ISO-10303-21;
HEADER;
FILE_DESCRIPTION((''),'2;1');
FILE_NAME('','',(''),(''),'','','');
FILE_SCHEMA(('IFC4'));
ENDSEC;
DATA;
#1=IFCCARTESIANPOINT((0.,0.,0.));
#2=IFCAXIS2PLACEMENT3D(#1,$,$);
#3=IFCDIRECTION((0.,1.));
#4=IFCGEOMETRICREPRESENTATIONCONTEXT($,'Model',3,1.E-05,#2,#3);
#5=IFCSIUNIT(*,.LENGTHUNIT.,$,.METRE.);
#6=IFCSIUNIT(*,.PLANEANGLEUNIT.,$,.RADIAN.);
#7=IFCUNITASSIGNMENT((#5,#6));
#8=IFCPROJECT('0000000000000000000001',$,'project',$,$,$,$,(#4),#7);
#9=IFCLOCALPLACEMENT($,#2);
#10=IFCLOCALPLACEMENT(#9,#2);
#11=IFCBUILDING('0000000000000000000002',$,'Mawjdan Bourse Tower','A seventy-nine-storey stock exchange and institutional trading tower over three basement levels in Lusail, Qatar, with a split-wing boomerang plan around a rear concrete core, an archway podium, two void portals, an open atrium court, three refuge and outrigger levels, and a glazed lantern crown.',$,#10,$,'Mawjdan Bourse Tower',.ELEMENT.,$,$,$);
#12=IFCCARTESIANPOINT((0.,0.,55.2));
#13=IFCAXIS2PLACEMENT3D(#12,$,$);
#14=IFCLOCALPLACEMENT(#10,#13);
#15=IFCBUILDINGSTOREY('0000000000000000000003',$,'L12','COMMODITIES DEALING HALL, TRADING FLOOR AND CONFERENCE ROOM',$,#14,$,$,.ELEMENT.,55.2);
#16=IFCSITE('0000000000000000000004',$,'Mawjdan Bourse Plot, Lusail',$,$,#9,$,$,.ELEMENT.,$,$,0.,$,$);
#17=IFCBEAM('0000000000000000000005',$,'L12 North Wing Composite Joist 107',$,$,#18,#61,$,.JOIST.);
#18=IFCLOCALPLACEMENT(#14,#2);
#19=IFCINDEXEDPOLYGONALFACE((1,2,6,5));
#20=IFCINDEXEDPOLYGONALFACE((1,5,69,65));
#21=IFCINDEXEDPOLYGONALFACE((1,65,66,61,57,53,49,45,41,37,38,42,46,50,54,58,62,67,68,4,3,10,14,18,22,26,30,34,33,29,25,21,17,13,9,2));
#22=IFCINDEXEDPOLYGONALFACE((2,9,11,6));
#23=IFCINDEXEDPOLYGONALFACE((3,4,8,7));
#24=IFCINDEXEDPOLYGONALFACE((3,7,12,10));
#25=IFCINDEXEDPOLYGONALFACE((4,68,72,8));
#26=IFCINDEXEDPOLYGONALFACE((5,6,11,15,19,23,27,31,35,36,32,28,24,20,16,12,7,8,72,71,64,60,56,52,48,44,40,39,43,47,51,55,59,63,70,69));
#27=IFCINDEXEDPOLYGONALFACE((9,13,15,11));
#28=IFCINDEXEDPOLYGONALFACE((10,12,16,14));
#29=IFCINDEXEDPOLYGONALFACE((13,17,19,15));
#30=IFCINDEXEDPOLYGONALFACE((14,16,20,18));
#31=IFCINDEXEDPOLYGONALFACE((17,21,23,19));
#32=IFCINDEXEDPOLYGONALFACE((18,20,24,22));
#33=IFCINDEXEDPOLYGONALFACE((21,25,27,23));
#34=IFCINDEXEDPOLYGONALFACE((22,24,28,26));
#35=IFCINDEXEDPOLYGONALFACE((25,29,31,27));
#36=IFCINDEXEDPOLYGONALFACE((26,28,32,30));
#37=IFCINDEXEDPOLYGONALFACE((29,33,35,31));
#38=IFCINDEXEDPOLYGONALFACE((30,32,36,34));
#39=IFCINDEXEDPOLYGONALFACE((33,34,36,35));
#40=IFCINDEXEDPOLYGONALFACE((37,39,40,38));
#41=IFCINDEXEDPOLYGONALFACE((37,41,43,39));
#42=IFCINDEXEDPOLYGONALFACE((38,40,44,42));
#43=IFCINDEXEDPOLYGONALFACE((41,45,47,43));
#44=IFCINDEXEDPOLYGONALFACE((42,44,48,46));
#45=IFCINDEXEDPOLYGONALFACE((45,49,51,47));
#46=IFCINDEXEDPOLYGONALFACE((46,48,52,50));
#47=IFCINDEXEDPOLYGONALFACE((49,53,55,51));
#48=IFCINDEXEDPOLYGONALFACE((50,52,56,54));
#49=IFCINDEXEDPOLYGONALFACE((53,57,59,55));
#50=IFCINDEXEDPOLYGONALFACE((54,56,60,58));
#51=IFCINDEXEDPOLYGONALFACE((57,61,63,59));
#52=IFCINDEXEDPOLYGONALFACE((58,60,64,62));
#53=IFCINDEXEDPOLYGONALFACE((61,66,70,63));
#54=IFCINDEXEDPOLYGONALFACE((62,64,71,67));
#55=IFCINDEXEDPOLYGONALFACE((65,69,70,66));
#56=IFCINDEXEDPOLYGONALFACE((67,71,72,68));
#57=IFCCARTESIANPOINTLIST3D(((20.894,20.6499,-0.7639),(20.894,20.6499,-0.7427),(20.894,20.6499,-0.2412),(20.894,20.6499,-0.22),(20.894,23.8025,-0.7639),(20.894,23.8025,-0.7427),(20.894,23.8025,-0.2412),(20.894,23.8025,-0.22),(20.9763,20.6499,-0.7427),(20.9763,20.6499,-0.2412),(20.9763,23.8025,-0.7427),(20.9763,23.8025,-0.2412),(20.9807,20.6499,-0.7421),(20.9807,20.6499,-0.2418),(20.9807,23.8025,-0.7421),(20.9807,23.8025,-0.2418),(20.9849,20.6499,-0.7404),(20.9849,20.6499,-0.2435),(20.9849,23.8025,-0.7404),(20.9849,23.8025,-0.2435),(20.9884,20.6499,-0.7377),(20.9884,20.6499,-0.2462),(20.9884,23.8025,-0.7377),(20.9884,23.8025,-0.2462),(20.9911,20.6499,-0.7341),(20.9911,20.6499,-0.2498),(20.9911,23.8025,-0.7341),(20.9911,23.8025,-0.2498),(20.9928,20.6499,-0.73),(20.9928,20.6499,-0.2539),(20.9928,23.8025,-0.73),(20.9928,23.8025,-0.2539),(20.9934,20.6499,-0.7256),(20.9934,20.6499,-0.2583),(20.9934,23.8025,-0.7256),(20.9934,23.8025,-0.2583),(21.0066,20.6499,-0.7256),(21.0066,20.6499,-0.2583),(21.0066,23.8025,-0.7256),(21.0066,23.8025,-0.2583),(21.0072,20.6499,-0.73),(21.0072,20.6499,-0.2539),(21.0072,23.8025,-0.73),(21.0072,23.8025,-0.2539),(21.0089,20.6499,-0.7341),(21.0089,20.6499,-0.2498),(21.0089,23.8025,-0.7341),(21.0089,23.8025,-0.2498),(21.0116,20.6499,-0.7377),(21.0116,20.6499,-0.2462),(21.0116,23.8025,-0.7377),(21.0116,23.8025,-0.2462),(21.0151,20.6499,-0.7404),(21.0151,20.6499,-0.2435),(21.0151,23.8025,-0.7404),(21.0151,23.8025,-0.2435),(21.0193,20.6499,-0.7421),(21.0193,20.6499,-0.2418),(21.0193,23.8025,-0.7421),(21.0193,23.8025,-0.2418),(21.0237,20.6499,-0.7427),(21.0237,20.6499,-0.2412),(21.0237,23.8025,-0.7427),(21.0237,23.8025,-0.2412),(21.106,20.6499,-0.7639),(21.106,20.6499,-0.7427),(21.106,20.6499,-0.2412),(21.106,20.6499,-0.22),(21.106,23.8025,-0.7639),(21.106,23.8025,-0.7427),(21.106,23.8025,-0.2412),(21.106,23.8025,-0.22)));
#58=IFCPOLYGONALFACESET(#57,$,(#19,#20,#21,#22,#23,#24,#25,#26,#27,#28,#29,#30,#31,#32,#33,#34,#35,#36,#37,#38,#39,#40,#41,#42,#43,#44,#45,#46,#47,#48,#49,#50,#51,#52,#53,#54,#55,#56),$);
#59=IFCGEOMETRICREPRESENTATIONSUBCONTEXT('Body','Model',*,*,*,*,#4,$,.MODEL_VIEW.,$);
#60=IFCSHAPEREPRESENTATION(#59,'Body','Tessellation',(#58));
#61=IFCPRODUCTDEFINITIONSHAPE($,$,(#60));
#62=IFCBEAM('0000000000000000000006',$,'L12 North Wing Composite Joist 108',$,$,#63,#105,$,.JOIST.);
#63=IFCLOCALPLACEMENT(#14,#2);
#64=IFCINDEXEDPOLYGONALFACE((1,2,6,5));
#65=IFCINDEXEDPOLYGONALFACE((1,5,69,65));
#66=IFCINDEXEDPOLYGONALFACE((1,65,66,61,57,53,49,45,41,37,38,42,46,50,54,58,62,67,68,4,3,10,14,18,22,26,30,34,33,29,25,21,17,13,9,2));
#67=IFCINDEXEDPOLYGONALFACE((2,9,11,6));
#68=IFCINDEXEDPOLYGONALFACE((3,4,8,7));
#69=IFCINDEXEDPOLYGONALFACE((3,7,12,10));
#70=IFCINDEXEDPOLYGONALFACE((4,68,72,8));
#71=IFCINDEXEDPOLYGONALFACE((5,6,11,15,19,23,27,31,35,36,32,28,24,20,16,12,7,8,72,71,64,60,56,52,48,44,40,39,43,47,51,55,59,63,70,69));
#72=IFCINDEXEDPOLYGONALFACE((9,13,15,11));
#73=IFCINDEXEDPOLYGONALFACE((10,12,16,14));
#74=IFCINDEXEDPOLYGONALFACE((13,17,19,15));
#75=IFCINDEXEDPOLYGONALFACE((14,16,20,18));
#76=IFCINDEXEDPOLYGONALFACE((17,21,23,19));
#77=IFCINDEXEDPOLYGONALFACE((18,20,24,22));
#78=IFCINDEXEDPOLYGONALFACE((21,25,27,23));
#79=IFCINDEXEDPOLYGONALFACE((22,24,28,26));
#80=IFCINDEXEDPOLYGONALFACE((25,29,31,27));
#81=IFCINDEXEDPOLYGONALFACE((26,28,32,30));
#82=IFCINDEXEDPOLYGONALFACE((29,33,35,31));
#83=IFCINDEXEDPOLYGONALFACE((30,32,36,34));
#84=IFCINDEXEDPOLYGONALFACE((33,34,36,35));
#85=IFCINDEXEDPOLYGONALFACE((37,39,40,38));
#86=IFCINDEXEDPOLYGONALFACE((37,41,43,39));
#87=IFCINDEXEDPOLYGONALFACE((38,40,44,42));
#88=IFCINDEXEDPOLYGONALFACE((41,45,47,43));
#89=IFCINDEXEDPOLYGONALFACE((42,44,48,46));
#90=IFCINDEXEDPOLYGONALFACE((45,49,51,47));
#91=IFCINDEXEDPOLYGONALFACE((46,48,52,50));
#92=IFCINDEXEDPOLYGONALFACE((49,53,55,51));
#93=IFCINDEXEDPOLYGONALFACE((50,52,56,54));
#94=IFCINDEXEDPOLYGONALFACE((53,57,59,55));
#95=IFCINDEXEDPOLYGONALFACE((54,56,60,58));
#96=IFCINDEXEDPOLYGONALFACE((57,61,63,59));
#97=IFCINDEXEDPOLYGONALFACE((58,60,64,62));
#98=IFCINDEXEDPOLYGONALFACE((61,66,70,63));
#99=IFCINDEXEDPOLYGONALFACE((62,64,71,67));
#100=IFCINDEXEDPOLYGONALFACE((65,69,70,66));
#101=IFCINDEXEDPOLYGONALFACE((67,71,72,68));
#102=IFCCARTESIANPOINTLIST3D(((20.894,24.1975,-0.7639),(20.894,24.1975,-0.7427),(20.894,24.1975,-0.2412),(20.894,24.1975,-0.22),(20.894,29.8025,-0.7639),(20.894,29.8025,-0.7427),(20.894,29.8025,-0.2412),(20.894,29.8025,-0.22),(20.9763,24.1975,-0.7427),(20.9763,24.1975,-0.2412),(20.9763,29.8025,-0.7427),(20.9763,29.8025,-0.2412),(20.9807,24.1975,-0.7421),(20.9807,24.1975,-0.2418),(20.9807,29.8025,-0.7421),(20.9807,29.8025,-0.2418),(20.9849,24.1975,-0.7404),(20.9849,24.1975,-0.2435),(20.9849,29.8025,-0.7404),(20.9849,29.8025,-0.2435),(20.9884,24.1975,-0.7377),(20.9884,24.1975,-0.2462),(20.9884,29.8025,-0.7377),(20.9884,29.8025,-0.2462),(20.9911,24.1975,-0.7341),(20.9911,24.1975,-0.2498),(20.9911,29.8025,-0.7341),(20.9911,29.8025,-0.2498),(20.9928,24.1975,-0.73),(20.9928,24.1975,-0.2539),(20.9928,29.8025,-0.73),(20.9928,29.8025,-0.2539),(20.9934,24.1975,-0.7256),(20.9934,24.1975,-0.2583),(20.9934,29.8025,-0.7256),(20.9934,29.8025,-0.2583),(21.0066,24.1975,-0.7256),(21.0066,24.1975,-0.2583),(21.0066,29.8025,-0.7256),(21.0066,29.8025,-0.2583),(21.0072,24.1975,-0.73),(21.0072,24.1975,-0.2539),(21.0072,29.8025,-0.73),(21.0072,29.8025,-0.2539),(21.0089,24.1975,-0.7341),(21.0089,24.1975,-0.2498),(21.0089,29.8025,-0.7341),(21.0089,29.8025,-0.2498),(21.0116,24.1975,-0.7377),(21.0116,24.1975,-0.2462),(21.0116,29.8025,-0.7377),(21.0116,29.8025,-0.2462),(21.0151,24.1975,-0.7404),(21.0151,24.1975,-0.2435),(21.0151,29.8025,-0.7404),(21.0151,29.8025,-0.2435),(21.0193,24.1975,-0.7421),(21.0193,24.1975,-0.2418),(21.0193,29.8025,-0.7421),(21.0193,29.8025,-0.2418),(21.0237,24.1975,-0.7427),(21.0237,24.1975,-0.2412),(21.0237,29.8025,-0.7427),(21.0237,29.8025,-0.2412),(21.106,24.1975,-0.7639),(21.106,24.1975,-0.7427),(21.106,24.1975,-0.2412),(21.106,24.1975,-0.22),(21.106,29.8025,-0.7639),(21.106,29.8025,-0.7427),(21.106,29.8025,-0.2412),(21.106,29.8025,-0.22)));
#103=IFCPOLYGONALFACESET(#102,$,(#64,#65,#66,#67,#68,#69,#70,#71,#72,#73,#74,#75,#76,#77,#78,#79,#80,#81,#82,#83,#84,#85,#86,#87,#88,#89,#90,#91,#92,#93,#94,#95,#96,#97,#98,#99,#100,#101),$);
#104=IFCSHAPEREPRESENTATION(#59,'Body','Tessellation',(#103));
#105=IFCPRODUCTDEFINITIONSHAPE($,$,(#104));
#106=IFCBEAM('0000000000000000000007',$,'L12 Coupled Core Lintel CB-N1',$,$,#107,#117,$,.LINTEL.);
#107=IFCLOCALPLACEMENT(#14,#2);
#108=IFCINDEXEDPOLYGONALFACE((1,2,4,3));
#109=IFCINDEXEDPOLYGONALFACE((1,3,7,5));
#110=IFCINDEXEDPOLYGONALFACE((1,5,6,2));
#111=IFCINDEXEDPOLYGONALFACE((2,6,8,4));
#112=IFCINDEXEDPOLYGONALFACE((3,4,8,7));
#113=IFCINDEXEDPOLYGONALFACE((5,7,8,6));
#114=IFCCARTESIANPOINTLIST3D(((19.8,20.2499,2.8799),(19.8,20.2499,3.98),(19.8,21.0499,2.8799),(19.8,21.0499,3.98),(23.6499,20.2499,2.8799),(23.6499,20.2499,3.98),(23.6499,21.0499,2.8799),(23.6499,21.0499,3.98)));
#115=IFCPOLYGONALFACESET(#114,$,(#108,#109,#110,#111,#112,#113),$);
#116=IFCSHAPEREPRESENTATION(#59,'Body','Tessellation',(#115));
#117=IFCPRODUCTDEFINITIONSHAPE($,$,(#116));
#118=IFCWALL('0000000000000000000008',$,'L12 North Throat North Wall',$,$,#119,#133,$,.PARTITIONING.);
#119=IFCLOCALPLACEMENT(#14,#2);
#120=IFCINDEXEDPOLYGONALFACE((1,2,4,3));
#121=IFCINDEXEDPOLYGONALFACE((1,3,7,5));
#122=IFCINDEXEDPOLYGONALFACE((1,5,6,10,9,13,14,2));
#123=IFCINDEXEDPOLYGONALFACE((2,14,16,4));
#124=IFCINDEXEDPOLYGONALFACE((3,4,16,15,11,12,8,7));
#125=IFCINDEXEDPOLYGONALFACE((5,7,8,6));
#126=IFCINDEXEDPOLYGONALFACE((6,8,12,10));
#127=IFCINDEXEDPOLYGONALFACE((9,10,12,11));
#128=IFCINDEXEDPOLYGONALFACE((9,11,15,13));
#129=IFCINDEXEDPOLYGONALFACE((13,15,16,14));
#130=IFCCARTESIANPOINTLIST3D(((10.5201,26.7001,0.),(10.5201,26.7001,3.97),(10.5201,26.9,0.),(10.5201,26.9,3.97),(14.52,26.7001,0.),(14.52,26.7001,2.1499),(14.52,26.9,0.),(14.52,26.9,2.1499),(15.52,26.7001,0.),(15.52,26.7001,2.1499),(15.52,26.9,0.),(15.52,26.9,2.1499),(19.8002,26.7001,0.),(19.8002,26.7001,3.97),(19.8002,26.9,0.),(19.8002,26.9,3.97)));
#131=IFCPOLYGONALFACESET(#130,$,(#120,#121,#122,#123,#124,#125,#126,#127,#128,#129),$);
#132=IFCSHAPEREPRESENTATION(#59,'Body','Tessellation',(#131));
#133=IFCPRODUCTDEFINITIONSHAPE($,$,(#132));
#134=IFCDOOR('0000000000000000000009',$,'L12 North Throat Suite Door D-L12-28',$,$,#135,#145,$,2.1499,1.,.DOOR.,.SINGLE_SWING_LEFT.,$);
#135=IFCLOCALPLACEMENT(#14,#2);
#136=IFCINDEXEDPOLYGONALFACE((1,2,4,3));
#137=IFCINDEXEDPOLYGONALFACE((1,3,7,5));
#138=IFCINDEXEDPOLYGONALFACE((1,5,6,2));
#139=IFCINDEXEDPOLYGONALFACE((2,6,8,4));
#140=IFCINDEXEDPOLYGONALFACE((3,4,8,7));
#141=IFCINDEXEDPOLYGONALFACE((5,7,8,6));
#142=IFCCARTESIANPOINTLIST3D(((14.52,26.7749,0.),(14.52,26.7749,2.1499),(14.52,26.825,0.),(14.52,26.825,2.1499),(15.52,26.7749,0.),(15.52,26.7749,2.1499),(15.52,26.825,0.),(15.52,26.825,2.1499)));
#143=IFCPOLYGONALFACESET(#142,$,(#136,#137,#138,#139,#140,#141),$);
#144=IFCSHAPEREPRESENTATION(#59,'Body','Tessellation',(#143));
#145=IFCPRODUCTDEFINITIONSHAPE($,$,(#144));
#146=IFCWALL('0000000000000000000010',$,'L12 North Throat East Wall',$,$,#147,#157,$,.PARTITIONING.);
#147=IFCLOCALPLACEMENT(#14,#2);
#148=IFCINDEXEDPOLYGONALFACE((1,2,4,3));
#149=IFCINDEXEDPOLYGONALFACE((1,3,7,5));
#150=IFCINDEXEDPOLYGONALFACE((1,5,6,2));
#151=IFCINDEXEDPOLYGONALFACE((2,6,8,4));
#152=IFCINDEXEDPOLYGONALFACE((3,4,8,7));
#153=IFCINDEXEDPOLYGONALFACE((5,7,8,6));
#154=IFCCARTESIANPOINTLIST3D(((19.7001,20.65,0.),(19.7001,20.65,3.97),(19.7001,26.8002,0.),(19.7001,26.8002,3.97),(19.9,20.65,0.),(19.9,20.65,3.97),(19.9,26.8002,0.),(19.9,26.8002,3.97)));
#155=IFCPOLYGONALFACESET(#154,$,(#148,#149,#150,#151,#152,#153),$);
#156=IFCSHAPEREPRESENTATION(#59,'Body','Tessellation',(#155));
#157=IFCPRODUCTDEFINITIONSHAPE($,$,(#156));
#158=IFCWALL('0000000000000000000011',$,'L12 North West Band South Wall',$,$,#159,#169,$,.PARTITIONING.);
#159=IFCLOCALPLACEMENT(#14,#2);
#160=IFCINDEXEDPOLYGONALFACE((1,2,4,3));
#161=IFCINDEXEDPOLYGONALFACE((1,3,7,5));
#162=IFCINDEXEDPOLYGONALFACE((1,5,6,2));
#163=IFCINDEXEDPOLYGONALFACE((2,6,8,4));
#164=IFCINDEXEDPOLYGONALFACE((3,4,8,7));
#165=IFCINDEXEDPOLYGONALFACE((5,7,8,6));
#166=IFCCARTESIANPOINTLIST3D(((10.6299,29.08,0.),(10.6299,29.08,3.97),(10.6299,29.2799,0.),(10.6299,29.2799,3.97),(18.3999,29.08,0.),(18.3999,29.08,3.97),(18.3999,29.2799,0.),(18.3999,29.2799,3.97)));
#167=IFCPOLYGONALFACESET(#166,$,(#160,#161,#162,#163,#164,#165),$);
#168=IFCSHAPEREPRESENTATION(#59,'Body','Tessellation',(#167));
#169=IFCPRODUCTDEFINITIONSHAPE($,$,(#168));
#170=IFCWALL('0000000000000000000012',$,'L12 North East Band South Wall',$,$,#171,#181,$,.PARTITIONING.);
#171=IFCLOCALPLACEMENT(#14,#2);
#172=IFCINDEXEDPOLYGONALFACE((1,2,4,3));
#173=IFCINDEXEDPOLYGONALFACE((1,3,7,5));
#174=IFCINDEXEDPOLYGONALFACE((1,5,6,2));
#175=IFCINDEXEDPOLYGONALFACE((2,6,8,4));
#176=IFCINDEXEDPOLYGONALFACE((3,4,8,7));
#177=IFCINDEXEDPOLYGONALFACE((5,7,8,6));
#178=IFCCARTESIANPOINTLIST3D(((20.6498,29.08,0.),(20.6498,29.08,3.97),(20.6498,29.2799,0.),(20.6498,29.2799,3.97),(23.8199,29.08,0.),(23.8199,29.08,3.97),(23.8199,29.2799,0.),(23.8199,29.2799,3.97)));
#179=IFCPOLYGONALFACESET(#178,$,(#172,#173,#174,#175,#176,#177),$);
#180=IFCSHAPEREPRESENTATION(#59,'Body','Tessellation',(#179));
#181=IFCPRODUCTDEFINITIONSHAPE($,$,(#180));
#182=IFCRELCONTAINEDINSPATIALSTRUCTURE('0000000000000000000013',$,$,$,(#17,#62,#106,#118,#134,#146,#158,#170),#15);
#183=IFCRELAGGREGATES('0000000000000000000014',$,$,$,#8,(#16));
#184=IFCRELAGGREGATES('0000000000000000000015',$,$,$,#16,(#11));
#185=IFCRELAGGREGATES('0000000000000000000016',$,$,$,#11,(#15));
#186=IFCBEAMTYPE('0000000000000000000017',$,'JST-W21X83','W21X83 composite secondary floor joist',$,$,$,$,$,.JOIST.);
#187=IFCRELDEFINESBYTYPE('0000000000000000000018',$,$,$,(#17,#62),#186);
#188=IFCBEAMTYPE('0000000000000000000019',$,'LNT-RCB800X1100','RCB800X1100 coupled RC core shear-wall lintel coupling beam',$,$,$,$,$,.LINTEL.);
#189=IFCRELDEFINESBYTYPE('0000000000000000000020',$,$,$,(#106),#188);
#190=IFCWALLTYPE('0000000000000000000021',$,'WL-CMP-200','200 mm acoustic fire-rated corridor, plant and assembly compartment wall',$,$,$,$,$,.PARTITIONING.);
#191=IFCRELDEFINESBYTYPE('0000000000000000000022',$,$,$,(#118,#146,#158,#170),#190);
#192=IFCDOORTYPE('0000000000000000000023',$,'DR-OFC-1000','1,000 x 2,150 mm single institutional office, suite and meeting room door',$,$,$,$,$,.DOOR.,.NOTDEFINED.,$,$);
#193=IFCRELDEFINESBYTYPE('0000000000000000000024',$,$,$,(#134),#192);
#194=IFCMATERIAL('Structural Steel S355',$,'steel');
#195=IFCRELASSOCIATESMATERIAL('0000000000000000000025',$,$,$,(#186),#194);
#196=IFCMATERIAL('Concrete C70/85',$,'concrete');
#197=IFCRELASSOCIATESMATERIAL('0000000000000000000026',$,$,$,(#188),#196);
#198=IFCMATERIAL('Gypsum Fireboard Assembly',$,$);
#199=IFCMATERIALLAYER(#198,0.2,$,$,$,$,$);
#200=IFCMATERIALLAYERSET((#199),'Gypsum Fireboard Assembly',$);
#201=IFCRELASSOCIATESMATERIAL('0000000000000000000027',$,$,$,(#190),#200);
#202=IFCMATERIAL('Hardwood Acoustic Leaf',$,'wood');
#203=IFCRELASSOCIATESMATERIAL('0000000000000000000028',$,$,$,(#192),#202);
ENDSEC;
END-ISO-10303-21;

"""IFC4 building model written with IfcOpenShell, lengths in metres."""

from ifc_helpers import new_model, si_unit, direction, frame, frame_2d, origin, origin_2d, place, context, subcontext, project, spatial, rectangle, i_section, extrude, material, layer, layer_set, material_profile, profile_set, type_object, element, fill, save


model = new_model("IFC4")

# Units and contexts
model_context = context("Model", 3, precision=1e-05, world=origin(), true_north=direction((0.0, 1.0)))
body_context = subcontext(model_context, "Body", "Model", "MODEL_VIEW")
ifc_project = project(units=[si_unit("LENGTHUNIT", "METRE"), si_unit("PLANEANGLEUNIT", "RADIAN")], contexts=[model_context])

# Site, building, storey
site_placement = place(None, origin())
site = spatial("IfcSite", under=ifc_project, at=site_placement, Name="Mawjdan Bourse Plot, Lusail", CompositionType="ELEMENT", RefElevation=0.0)
building_placement = place(site_placement, origin())
building = spatial("IfcBuilding", under=site, at=building_placement, Name="Mawjdan Bourse Tower", Description="A seventy-nine-storey stock exchange and institutional trading tower over three basement levels in Lusail, Qatar, with a split-wing boomerang plan around a rear concrete core, an archway podium, two void portals, an open atrium court, three refuge and outrigger levels, and a glazed lantern crown.", LongName="Mawjdan Bourse Tower", CompositionType="ELEMENT")
storey_placement = place(building_placement, frame((0.0, 0.0, 55.2)))
storey = spatial("IfcBuildingStorey", under=building, at=storey_placement, Name="L12", Description="COMMODITIES DEALING HALL, TRADING FLOOR AND CONFERENCE ROOM", CompositionType="ELEMENT", Elevation=55.2)

# Beams
ifc_material_1 = material(Name="Structural Steel S355", Category="steel")
ifc_material_profile_1 = material_profile(ifc_material_1, i_section(OverallWidth=0.2119, OverallDepth=0.5439, WebThickness=0.0132, FlangeThickness=0.0212, FilletRadius=0.0171, at=origin_2d()), Name="W21X83")
ifc_profile_set_1 = profile_set([ifc_material_profile_1], Name="Structural Steel S355")
beam_type_1 = type_object("IfcBeamType", Name="JST-W21X83", Description="W21X83 composite secondary floor joist", PredefinedType="JOIST", material=ifc_profile_set_1)
beam_1_placement = place(storey_placement, frame((21.0, 20.6499, -0.4919), z_axis=(0.0, 1.0, 0.0), x_axis=(-1.0, 0.0, 0.0)))
element("IfcBeam", 1, at=beam_1_placement, inside=storey, type_object=beam_type_1, Name="L12 North Wing Composite Joist 107", PredefinedType="JOIST", context=body_context, shape_type="SweptSolid", body=[
    extrude(i_section(OverallWidth=0.2119, OverallDepth=0.5439, WebThickness=0.0132, FlangeThickness=0.0212, FilletRadius=0.0171, at=origin_2d()), origin(), (0.0, 0.0, 1.0), 3.1526),
])
beam_2_placement = place(storey_placement, frame((21.0, 24.1975, -0.4919), z_axis=(0.0, 1.0, 0.0), x_axis=(-1.0, 0.0, 0.0)))
element("IfcBeam", 2, at=beam_2_placement, inside=storey, type_object=beam_type_1, Name="L12 North Wing Composite Joist 108", PredefinedType="JOIST", context=body_context, shape_type="SweptSolid", body=[
    extrude(i_section(OverallWidth=0.2119, OverallDepth=0.5439, WebThickness=0.0132, FlangeThickness=0.0212, FilletRadius=0.0171, at=origin_2d()), origin(), (0.0, 0.0, 1.0), 5.605),
])
ifc_material_2 = material(Name="Concrete C70/85", Category="concrete")
ifc_material_profile_2 = material_profile(ifc_material_2, rectangle(XDim=0.8, YDim=1.1001, at=origin_2d()), Name="RCB800X1100")
ifc_profile_set_2 = profile_set([ifc_material_profile_2], Name="Concrete C70/85")
beam_type_2 = type_object("IfcBeamType", Name="LNT-RCB800X1100", Description="RCB800X1100 coupled RC core shear-wall lintel coupling beam", PredefinedType="LINTEL", material=ifc_profile_set_2)
beam_3_placement = place(storey_placement, frame((19.8, 20.6499, 3.4299), z_axis=(1.0, 0.0, 0.0), x_axis=(0.0, 1.0, 0.0)))
element("IfcBeam", 3, at=beam_3_placement, inside=storey, type_object=beam_type_2, Name="L12 Coupled Core Lintel CB-N1", PredefinedType="LINTEL", context=body_context, shape_type="SweptSolid", body=[
    extrude(rectangle(XDim=0.8, YDim=1.1001, at=origin_2d()), origin(), (0.0, 0.0, 1.0), 3.8499),
])

# Wall, opening, door
ifc_material_3 = material(Name="Gypsum Fireboard Assembly")
ifc_layer = layer(ifc_material_3, 0.2)
ifc_layer_set = layer_set([ifc_layer], Name="Gypsum Fireboard Assembly")
wall_type = type_object("IfcWallType", Name="WL-CMP-200", Description="200 mm acoustic fire-rated corridor, plant and assembly compartment wall", PredefinedType="PARTITIONING", material=ifc_layer_set)
wall_1_placement = place(storey_placement, frame((10.52, 26.8, 0.0), z_axis=(0.0, 0.0, 1.0), x_axis=(1.0, 0.0, 0.0)))
wall_1 = element("IfcWall", 4, at=wall_1_placement, inside=storey, type_object=wall_type, Name="L12 North Throat North Wall", PredefinedType="PARTITIONING", context=body_context, shape_type="SweptSolid", body=[
    extrude(rectangle(XDim=9.28, YDim=0.2, at=frame_2d((4.6401, 0.0))), origin(), (0.0, 0.0, 1.0), 3.97),
])
opening_1_placement = place(wall_1_placement, frame((4.0, 0.0, 0.0)))
opening_1 = element("IfcOpeningElement", 5, at=opening_1_placement, cuts=wall_1, PredefinedType="OPENING", context=body_context, shape_type="SweptSolid", body=[
    extrude(rectangle(XDim=1.0, YDim=2.1499, at=frame_2d((0.5, 1.075))), frame((0.0, 0.1099, 0.0), z_axis=(0.0, -1.0, 0.0), x_axis=(1.0, 0.0, 0.0)), (0.0, 0.0, 1.0), 0.22),
])
ifc_material_4 = material(Name="Hardwood Acoustic Leaf", Category="wood")
door_type = type_object("IfcDoorType", Name="DR-OFC-1000", Description="1,000 x 2,150 mm single institutional office, suite and meeting room door", OperationType="NOTDEFINED", PredefinedType="DOOR", material=ifc_material_4)
door_1_placement = place(opening_1_placement, origin())
door_1 = element("IfcDoor", 6, at=door_1_placement, inside=storey, type_object=door_type, Name="L12 North Throat Suite Door D-L12-28", OperationType="SINGLE_SWING_LEFT", OverallHeight=2.1499, OverallWidth=1.0, PredefinedType="DOOR", context=body_context, shape_type="SweptSolid", body=[
    extrude(rectangle(XDim=1.0, YDim=2.1499, at=frame_2d((0.5, 1.075))), frame((0.0, 0.0249, 0.0), z_axis=(0.0, -1.0, 0.0), x_axis=(1.0, 0.0, 0.0)), (0.0, 0.0, 1.0), 0.05),
])
fill(opening_1, door_1)

# Walls
wall_2_placement = place(storey_placement, frame((19.8, 20.6499, 0.0), z_axis=(0.0, 0.0, 1.0), x_axis=(0.0, 1.0, 0.0)))
element("IfcWall", 7, at=wall_2_placement, inside=storey, type_object=wall_type, Name="L12 North Throat East Wall", PredefinedType="PARTITIONING", context=body_context, shape_type="SweptSolid", body=[
    extrude(rectangle(XDim=6.1501, YDim=0.2, at=frame_2d((3.0752, 0.0))), origin(), (0.0, 0.0, 1.0), 3.97),
])
wall_3_placement = place(storey_placement, frame((10.6299, 29.1799, 0.0), z_axis=(0.0, 0.0, 1.0), x_axis=(1.0, 0.0, 0.0)))
element("IfcWall", 8, at=wall_3_placement, inside=storey, type_object=wall_type, Name="L12 North West Band South Wall", PredefinedType="PARTITIONING", context=body_context, shape_type="SweptSolid", body=[
    extrude(rectangle(XDim=7.77, YDim=0.2, at=frame_2d((3.885, 0.0))), origin(), (0.0, 0.0, 1.0), 3.97),
])
wall_4_placement = place(storey_placement, frame((20.6499, 29.1799, 0.0), z_axis=(0.0, 0.0, 1.0), x_axis=(1.0, 0.0, 0.0)))
element("IfcWall", 9, at=wall_4_placement, inside=storey, type_object=wall_type, Name="L12 North East Band South Wall", PredefinedType="PARTITIONING", context=body_context, shape_type="SweptSolid", body=[
    extrude(rectangle(XDim=3.1702, YDim=0.2, at=frame_2d((1.585, 0.0))), origin(), (0.0, 0.0, 1.0), 3.97),
])

save(model, "model.ifc")
